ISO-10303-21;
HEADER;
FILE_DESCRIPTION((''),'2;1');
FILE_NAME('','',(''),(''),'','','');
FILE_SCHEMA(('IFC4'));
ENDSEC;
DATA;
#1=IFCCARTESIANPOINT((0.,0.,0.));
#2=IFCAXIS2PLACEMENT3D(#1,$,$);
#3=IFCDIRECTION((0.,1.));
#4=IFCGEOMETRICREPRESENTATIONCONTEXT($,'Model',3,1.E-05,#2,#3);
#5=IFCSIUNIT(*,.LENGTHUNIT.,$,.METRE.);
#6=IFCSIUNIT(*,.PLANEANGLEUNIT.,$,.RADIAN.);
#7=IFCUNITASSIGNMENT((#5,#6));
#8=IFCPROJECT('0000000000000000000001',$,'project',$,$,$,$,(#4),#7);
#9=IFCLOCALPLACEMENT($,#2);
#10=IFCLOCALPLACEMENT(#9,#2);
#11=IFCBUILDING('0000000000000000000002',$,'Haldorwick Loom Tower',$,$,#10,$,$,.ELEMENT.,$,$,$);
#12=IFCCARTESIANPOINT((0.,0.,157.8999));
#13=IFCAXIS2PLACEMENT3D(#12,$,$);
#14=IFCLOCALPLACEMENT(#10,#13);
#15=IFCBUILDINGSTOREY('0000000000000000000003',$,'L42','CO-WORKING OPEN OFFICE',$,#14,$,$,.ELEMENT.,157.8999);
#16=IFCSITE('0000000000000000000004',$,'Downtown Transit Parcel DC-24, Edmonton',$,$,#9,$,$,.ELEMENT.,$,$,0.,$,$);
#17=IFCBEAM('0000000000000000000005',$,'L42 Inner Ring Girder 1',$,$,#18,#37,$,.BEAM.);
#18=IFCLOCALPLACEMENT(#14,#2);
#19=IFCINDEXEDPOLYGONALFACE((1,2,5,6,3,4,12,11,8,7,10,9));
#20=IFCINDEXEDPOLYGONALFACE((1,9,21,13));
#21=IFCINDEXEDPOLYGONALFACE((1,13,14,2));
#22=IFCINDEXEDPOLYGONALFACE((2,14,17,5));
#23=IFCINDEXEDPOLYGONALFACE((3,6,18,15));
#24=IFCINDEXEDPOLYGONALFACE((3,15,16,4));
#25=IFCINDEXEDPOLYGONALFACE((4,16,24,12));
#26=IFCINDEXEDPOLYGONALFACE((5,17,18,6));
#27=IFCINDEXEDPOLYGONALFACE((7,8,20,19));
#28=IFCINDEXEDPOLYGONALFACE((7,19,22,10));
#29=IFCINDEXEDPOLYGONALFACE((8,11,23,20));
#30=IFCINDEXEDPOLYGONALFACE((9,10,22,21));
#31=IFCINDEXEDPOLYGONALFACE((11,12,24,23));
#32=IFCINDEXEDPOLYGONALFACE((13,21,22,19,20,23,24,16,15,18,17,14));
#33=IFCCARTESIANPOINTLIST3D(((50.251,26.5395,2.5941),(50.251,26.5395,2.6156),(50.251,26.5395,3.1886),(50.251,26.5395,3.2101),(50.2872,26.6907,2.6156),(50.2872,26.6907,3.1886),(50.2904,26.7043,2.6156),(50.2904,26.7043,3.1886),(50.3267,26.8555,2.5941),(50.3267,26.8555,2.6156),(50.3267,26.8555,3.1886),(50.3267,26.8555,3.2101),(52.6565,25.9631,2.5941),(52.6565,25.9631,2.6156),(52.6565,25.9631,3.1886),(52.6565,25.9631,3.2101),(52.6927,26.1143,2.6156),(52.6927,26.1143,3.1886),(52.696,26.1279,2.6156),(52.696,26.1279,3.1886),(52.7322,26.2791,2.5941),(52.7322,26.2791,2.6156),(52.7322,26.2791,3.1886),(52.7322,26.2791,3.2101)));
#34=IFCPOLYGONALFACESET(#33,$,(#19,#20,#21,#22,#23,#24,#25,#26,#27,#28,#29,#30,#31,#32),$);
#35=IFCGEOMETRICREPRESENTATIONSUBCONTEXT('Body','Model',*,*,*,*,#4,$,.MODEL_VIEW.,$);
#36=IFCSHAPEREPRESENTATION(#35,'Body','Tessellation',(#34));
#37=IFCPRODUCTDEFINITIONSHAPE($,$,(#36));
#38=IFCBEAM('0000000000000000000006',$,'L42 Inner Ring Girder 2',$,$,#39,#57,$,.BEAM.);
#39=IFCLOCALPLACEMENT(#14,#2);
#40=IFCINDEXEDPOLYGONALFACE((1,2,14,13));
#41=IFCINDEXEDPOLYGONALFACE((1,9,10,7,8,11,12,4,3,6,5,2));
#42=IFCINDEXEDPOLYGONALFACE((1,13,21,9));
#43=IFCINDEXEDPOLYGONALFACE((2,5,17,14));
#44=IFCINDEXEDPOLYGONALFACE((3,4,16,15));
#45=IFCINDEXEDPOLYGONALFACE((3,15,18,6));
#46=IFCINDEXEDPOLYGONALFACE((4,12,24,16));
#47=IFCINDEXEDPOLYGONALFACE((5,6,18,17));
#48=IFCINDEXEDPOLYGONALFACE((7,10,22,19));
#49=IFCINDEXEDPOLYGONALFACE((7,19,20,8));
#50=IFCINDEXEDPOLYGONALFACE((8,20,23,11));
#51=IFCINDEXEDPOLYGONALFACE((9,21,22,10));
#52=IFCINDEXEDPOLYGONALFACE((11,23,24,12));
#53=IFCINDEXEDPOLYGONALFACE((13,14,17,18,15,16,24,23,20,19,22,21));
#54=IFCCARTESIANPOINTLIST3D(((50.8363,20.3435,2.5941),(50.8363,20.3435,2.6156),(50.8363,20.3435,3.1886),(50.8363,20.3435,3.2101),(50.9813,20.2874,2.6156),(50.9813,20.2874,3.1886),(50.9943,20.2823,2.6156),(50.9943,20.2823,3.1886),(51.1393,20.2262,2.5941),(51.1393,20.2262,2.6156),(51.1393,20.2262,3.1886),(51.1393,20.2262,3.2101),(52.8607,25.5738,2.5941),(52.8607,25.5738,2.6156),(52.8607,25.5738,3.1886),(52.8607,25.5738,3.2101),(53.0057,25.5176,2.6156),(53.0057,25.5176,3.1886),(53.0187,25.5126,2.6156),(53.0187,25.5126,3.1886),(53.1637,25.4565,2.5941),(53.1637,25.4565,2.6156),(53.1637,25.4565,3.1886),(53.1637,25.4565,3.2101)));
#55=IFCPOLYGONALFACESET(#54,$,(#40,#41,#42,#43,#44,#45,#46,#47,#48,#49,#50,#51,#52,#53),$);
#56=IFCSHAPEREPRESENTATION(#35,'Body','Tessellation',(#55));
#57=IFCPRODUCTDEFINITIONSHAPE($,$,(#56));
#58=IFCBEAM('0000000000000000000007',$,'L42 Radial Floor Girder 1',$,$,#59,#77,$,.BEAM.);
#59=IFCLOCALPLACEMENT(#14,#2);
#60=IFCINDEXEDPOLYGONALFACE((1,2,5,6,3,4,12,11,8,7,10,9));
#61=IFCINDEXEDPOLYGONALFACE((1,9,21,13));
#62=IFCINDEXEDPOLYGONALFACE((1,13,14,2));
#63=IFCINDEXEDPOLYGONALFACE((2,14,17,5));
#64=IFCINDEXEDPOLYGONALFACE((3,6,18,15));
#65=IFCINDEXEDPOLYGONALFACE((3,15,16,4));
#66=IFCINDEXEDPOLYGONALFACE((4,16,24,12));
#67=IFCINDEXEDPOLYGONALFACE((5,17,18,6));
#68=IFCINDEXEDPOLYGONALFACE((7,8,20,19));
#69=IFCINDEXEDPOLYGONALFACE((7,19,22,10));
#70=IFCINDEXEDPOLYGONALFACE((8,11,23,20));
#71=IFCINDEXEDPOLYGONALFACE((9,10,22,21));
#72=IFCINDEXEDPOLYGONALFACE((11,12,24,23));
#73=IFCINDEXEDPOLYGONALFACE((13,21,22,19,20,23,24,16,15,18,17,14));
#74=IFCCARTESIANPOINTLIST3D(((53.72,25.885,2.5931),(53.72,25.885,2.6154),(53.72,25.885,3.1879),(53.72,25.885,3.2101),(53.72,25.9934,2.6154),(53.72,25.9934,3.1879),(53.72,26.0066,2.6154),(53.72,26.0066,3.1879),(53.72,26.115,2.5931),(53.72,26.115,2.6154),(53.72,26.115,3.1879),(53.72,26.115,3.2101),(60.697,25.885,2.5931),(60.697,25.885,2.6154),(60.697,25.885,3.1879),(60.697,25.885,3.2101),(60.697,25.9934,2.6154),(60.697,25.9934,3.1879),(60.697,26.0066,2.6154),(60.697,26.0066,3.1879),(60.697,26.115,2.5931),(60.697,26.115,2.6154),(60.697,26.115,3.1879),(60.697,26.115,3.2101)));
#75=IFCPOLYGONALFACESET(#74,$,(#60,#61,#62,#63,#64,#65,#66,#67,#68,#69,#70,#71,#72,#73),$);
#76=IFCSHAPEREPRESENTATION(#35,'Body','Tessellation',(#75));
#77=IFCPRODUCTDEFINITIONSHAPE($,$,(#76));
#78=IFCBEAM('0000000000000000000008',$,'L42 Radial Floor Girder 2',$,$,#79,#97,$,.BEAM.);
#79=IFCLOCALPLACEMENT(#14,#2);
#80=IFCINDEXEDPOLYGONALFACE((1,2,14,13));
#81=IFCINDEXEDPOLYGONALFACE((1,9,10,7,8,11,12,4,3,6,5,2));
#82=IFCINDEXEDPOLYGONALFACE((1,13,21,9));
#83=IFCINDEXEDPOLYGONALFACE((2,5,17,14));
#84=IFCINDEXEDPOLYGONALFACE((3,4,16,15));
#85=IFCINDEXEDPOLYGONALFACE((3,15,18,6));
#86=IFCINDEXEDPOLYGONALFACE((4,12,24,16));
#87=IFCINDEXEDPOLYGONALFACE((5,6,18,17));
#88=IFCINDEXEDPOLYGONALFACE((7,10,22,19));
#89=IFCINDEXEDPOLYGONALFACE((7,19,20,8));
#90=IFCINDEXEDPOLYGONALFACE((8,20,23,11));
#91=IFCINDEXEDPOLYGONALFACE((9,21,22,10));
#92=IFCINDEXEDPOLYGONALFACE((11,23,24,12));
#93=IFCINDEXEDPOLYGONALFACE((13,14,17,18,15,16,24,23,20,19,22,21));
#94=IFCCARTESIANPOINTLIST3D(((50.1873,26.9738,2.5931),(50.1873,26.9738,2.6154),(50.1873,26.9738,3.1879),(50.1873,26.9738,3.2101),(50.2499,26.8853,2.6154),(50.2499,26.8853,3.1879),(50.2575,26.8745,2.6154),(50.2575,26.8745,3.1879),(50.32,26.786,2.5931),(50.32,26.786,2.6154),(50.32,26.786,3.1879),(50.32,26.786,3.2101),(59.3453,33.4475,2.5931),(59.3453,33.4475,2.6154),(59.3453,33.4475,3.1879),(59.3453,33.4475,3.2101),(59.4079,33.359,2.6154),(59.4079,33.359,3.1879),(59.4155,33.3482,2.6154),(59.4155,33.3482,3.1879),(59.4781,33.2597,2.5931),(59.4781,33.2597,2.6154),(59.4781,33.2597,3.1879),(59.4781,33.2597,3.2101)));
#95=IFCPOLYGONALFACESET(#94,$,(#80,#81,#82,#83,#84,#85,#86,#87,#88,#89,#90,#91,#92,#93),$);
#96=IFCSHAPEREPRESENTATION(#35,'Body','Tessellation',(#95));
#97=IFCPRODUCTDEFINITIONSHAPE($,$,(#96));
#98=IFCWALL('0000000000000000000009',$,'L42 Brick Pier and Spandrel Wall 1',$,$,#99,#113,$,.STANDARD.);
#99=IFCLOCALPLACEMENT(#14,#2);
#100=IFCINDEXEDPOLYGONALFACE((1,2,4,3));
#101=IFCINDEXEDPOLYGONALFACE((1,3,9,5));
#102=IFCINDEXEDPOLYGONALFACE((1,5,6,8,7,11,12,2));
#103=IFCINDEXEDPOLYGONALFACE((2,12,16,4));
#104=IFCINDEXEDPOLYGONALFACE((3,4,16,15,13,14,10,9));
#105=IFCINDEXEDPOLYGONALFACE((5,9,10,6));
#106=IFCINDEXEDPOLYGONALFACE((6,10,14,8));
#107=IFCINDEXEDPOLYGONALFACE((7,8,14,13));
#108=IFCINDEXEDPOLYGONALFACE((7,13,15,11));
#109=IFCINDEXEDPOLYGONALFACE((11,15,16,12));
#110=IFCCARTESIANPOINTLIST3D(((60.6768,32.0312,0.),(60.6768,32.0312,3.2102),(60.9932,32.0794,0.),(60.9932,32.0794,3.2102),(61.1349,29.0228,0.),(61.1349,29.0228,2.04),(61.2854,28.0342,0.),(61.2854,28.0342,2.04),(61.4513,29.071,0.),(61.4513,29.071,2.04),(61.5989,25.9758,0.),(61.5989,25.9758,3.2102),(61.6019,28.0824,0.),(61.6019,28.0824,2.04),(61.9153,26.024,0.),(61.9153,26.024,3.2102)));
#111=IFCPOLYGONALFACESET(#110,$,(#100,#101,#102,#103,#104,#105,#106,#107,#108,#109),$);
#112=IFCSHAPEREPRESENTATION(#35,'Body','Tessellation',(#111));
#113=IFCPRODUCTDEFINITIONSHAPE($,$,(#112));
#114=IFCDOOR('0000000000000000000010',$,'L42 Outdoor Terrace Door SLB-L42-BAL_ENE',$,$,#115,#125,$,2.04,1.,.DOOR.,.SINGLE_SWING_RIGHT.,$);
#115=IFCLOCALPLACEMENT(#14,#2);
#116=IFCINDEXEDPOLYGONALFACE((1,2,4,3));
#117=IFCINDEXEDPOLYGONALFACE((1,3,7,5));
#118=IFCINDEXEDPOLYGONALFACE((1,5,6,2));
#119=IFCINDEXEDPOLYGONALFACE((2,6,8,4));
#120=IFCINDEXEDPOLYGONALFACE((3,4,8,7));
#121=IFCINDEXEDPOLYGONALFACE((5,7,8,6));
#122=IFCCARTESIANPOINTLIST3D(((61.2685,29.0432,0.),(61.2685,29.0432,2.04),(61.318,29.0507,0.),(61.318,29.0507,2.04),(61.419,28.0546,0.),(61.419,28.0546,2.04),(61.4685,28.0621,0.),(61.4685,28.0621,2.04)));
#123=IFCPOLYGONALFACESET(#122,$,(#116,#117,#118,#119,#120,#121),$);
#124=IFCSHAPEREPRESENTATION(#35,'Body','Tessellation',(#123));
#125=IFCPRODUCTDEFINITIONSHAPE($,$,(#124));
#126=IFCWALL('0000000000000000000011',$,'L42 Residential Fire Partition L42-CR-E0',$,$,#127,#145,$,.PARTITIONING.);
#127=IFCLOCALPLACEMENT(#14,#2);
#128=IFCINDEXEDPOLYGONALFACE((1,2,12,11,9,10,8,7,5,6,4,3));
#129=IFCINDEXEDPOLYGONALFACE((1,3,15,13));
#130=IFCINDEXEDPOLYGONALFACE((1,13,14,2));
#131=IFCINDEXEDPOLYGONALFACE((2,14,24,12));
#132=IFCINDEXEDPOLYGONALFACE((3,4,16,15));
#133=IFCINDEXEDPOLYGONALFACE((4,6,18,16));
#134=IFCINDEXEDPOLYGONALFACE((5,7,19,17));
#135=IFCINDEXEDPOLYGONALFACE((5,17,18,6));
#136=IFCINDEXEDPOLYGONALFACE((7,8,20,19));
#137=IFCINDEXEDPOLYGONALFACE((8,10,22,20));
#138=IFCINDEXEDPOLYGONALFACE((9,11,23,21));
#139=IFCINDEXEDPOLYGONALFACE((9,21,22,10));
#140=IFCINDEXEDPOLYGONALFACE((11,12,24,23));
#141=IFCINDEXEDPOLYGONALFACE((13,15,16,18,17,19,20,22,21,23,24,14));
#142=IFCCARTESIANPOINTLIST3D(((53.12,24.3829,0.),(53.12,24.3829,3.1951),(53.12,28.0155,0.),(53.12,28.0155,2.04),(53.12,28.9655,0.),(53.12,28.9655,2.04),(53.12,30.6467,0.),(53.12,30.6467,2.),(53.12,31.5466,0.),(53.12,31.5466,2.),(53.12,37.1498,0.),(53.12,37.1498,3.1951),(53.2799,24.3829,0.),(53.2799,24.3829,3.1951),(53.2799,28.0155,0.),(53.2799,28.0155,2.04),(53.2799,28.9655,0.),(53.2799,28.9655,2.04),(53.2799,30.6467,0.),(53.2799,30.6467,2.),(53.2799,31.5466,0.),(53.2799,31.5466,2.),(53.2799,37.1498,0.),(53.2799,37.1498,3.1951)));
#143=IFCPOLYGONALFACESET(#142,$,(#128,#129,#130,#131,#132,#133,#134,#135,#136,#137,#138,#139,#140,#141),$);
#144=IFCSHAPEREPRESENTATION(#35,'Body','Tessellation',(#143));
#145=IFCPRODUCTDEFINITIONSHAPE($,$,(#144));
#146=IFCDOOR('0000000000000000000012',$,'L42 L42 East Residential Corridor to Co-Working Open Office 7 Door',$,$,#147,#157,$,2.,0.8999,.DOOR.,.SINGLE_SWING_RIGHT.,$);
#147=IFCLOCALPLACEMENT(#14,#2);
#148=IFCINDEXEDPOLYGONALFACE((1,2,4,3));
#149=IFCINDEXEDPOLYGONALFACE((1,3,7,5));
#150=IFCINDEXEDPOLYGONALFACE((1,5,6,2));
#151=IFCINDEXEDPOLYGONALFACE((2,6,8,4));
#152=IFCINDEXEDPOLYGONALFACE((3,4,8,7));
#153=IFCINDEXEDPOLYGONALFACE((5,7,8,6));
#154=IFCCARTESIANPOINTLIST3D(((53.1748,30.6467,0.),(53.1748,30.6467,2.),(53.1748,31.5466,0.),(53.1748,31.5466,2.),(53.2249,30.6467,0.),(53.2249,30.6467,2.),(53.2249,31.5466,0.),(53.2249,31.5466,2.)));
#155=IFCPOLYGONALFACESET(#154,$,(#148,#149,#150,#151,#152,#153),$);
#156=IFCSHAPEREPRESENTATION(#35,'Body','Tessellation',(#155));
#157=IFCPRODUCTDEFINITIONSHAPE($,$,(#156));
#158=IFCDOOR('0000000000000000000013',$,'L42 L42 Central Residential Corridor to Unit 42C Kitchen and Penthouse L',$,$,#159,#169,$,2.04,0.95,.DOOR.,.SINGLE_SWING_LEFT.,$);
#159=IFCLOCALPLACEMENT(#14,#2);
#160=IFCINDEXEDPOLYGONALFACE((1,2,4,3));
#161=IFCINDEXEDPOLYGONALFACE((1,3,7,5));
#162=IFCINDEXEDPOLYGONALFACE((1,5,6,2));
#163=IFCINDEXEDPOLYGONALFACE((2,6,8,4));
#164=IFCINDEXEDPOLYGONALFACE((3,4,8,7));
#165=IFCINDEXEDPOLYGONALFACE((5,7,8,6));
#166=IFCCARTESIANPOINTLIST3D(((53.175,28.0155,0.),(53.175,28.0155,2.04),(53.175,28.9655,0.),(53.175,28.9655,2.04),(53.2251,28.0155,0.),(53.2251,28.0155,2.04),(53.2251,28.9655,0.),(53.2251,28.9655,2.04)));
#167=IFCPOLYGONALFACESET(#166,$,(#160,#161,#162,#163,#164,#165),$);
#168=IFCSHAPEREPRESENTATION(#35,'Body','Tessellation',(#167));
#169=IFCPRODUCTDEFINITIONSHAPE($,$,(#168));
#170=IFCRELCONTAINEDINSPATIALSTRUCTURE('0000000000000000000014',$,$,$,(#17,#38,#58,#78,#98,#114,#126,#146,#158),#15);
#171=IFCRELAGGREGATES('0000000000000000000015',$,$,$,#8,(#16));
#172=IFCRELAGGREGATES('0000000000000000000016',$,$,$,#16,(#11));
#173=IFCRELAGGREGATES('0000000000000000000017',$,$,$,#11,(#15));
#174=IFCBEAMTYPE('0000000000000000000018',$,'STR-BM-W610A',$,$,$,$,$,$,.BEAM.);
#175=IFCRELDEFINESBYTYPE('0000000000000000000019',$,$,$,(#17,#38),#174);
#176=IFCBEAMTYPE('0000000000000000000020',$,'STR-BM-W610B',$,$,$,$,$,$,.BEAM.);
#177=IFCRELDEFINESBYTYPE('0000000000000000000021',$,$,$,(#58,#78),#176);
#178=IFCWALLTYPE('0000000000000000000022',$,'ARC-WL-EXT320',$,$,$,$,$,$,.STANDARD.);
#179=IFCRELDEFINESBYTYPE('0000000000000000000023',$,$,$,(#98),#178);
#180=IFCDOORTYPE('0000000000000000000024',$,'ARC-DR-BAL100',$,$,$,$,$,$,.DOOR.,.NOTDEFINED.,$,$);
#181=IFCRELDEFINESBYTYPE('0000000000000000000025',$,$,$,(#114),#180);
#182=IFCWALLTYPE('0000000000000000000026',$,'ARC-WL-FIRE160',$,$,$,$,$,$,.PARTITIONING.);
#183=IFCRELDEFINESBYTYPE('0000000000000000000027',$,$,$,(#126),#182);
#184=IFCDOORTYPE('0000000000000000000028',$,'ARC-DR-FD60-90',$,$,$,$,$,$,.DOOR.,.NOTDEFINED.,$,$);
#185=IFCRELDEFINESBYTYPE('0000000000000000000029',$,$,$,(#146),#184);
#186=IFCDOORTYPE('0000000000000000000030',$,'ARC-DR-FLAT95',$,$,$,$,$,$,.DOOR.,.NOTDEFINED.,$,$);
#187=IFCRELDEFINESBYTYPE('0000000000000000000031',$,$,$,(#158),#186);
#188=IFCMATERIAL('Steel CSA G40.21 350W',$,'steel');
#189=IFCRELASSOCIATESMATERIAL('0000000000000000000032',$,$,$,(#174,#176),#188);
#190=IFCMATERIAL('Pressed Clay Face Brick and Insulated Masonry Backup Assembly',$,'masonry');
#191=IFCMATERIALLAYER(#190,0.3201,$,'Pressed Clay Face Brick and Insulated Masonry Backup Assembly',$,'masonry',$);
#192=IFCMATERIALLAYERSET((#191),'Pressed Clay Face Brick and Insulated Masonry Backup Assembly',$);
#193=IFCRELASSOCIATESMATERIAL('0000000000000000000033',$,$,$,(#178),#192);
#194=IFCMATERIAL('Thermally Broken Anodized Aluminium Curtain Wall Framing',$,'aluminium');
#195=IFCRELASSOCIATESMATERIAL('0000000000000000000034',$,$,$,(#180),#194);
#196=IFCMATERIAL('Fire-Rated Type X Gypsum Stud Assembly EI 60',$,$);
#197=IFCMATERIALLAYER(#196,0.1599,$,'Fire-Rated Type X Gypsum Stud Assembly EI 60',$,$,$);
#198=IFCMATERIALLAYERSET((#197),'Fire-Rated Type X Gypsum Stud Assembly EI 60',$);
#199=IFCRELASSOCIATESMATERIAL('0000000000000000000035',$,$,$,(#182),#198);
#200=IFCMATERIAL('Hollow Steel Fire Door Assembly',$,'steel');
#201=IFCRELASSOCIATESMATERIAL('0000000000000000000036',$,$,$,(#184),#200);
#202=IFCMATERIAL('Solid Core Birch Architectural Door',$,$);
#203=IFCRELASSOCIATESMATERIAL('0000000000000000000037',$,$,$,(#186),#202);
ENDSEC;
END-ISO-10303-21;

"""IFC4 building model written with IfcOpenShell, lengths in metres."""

from ifc_helpers import new_model, si_unit, direction, frame, frame_2d, origin, origin_2d, place, context, subcontext, project, spatial, rectangle, i_section, extrude, material, layer, layer_set, material_profile, profile_set, type_object, element, fill, save


model = new_model("IFC4")

# Units and contexts
model_context = context("Model", 3, precision=1e-05, world=origin(), true_north=direction((0.0, 1.0)))
body_context = subcontext(model_context, "Body", "Model", "MODEL_VIEW")
ifc_project = project(units=[si_unit("LENGTHUNIT", "METRE"), si_unit("PLANEANGLEUNIT", "RADIAN")], contexts=[model_context])

# Site, building, storey
site_placement = place(None, origin())
site = spatial("IfcSite", under=ifc_project, at=site_placement, Name="Downtown Transit Parcel DC-24, Edmonton", CompositionType="ELEMENT", RefElevation=0.0)
building_placement = place(site_placement, origin())
building = spatial("IfcBuilding", under=site, at=building_placement, Name="Haldorwick Loom Tower", CompositionType="ELEMENT")
storey_placement = place(building_placement, frame((0.0, 0.0, 157.8999)))
storey = spatial("IfcBuildingStorey", under=building, at=storey_placement, Name="L42", Description="CO-WORKING OPEN OFFICE", CompositionType="ELEMENT", Elevation=157.8999)

# Beams
ifc_material_1 = material(Name="Steel CSA G40.21 350W", Category="steel")
ifc_material_profile_1 = material_profile(ifc_material_1, i_section(OverallWidth=0.325, OverallDepth=0.616, WebThickness=0.0139, FlangeThickness=0.0215, at=origin_2d()), Name="W610X174", Category="steel")
ifc_profile_set_1 = profile_set([ifc_material_profile_1], Name="Steel CSA G40.21 350W")
beam_type_1 = type_object("IfcBeamType", Name="STR-BM-W610A", PredefinedType="BEAM", material=ifc_profile_set_1)
beam_1_placement = place(storey_placement, frame((50.2888, 26.6975, 2.9021), z_axis=(0.972471, -0.233026, 0.0), x_axis=(0.233026, 0.972471, 0.0)))
element("IfcBeam", 1, at=beam_1_placement, inside=storey, type_object=beam_type_1, Name="L42 Inner Ring Girder 1", PredefinedType="BEAM", context=body_context, shape_type="SweptSolid", body=[
    extrude(i_section(OverallWidth=0.325, OverallDepth=0.616, WebThickness=0.0139, FlangeThickness=0.0215, at=origin_2d()), origin(), (0.0, 0.0, 1.0), 2.4736),
])
beam_2_placement = place(storey_placement, frame((53.0122, 25.5151, 2.9021), z_axis=(-0.360965, -0.932579, 0.0), x_axis=(0.932579, -0.360965, 0.0)))
element("IfcBeam", 2, at=beam_2_placement, inside=storey, type_object=beam_type_1, Name="L42 Inner Ring Girder 2", PredefinedType="BEAM", context=body_context, shape_type="SweptSolid", body=[
    extrude(i_section(OverallWidth=0.325, OverallDepth=0.616, WebThickness=0.0139, FlangeThickness=0.0215, at=origin_2d()), origin(), (0.0, 0.0, 1.0), 5.6084),
])
ifc_material_profile_2 = material_profile(ifc_material_1, i_section(OverallWidth=0.23, OverallDepth=0.6169, WebThickness=0.0132, FlangeThickness=0.0222, at=origin_2d()), Name="W610X140", Category="steel")
ifc_profile_set_2 = profile_set([ifc_material_profile_2], Name="Steel CSA G40.21 350W")
beam_type_2 = type_object("IfcBeamType", Name="STR-BM-W610B", PredefinedType="BEAM", material=ifc_profile_set_2)
beam_3_placement = place(storey_placement, frame((53.72, 26.0, 2.9016), z_axis=(1.0, 0.0, 0.0), x_axis=(0.0, 1.0, 0.0)))
element("IfcBeam", 3, at=beam_3_placement, inside=storey, type_object=beam_type_2, Name="L42 Radial Floor Girder 1", PredefinedType="BEAM", context=body_context, shape_type="SweptSolid", body=[
    extrude(i_section(OverallWidth=0.23, OverallDepth=0.6169, WebThickness=0.0132, FlangeThickness=0.0222, at=origin_2d()), origin(), (0.0, 0.0, 1.0), 6.9771),
])
beam_4_placement = place(storey_placement, frame((50.2537, 26.8799, 2.9016), z_axis=(0.816582, 0.57723, 0.0), x_axis=(-0.57723, 0.816582, 0.0)))
element("IfcBeam", 4, at=beam_4_placement, inside=storey, type_object=beam_type_2, Name="L42 Radial Floor Girder 2", PredefinedType="BEAM", context=body_context, shape_type="SweptSolid", body=[
    extrude(i_section(OverallWidth=0.23, OverallDepth=0.6169, WebThickness=0.0132, FlangeThickness=0.0222, at=origin_2d()), origin(), (0.0, 0.0, 1.0), 11.2151),
])

# Wall, opening, door
ifc_material_2 = material(Name="Pressed Clay Face Brick and Insulated Masonry Backup Assembly", Category="masonry")
ifc_layer_1 = layer(ifc_material_2, 0.3201, Name="Pressed Clay Face Brick and Insulated Masonry Backup Assembly", Category="masonry")
ifc_layer_set_1 = layer_set([ifc_layer_1], Name="Pressed Clay Face Brick and Insulated Masonry Backup Assembly")
wall_type_1 = type_object("IfcWallType", Name="ARC-WL-EXT320", PredefinedType="STANDARD", material=ifc_layer_set_1)
wall_1_placement = place(storey_placement, frame((61.7571, 26.0, 0.0), z_axis=(0.0, 0.0, 1.0), x_axis=(-0.150544, 0.988603, 0.0)))
wall_1 = element("IfcWall", 5, at=wall_1_placement, inside=storey, type_object=wall_type_1, Name="L42 Brick Pier and Spandrel Wall 1", PredefinedType="STANDARD", context=body_context, shape_type="SweptSolid", body=[
    extrude(rectangle(XDim=6.1252, YDim=0.3201, at=frame_2d((3.0625, 0.0))), origin(), (0.0, 0.0, 1.0), 3.2102),
])
opening_1_placement = place(wall_1_placement, frame((2.082, 0.0, 0.0)))
opening_1 = element("IfcOpeningElement", 6, at=opening_1_placement, cuts=wall_1, PredefinedType="OPENING", context=body_context, shape_type="SweptSolid", body=[
    extrude(rectangle(XDim=1.0, YDim=2.04, at=frame_2d((0.5, 1.02))), frame((0.0, 0.1699, 0.0), z_axis=(0.0, -1.0, 0.0), x_axis=(1.0, 0.0, 0.0)), (0.0, 0.0, 1.0), 0.3401),
])
ifc_material_3 = material(Name="Thermally Broken Anodized Aluminium Curtain Wall Framing", Category="aluminium")
door_type_1 = type_object("IfcDoorType", Name="ARC-DR-BAL100", OperationType="NOTDEFINED", PredefinedType="DOOR", material=ifc_material_3)
door_1_placement = place(opening_1_placement, origin())
door_1 = element("IfcDoor", 7, at=door_1_placement, inside=storey, type_object=door_type_1, Name="L42 Outdoor Terrace Door SLB-L42-BAL_ENE", OperationType="SINGLE_SWING_RIGHT", OverallHeight=2.04, OverallWidth=1.0, PredefinedType="DOOR", context=body_context, shape_type="SweptSolid", body=[
    extrude(rectangle(XDim=1.0, YDim=2.04, at=frame_2d((0.5, 1.02))), frame((0.0, 0.0249, 0.0), z_axis=(0.0, -1.0, 0.0), x_axis=(1.0, 0.0, 0.0)), (0.0, 0.0, 1.0), 0.05),
])
fill(opening_1, door_1)

# Wall, openings, doors
ifc_material_4 = material(Name="Fire-Rated Type X Gypsum Stud Assembly EI 60")
ifc_layer_2 = layer(ifc_material_4, 0.1599, Name="Fire-Rated Type X Gypsum Stud Assembly EI 60")
ifc_layer_set_2 = layer_set([ifc_layer_2], Name="Fire-Rated Type X Gypsum Stud Assembly EI 60")
wall_type_2 = type_object("IfcWallType", Name="ARC-WL-FIRE160", PredefinedType="PARTITIONING", material=ifc_layer_set_2)
wall_2_placement = place(storey_placement, frame((53.2, 24.3831, 0.0), z_axis=(0.0, 0.0, 1.0), x_axis=(0.0, 1.0, 0.0)))
wall_2 = element("IfcWall", 8, at=wall_2_placement, inside=storey, type_object=wall_type_2, Name="L42 Residential Fire Partition L42-CR-E0", PredefinedType="PARTITIONING", context=body_context, shape_type="SweptSolid", body=[
    extrude(rectangle(XDim=12.7668, YDim=0.1599, at=frame_2d((6.3833, 0.0))), origin(), (0.0, 0.0, 1.0), 3.1951),
])
opening_2_placement = place(wall_2_placement, frame((3.6323, 0.0, 0.0)))
opening_2 = element("IfcOpeningElement", 9, at=opening_2_placement, cuts=wall_2, PredefinedType="OPENING", context=body_context, shape_type="SweptSolid", body=[
    extrude(rectangle(XDim=0.95, YDim=2.04, at=frame_2d((0.4751, 1.02))), frame((0.0, 0.0898, 0.0), z_axis=(0.0, -1.0, 0.0), x_axis=(1.0, 0.0, 0.0)), (0.0, 0.0, 1.0), 0.1799),
])
opening_3_placement = place(wall_2_placement, frame((6.2637, 0.0, 0.0)))
opening_3 = element("IfcOpeningElement", 10, at=opening_3_placement, cuts=wall_2, PredefinedType="OPENING", context=body_context, shape_type="SweptSolid", body=[
    extrude(rectangle(XDim=0.8999, YDim=2.0, at=frame_2d((0.45, 1.0))), frame((0.0, 0.0898, 0.0), z_axis=(0.0, -1.0, 0.0), x_axis=(1.0, 0.0, 0.0)), (0.0, 0.0, 1.0), 0.1799),
])
ifc_material_5 = material(Name="Hollow Steel Fire Door Assembly", Category="steel")
door_type_2 = type_object("IfcDoorType", Name="ARC-DR-FD60-90", OperationType="NOTDEFINED", PredefinedType="DOOR", material=ifc_material_5)
door_2_placement = place(opening_3_placement, frame((0.8999, 0.0, 0.0), z_axis=(0.0, 0.0, 1.0), x_axis=(-1.0, 0.0, 0.0)))
door_2 = element("IfcDoor", 11, at=door_2_placement, inside=storey, type_object=door_type_2, Name="L42 L42 East Residential Corridor to Co-Working Open Office 7 Door", OperationType="SINGLE_SWING_RIGHT", OverallHeight=2.0, OverallWidth=0.8999, PredefinedType="DOOR", context=body_context, shape_type="SweptSolid", body=[
    extrude(rectangle(XDim=0.8999, YDim=2.0, at=frame_2d((0.45, 1.0))), frame((0.0, 0.0249, 0.0), z_axis=(0.0, -1.0, 0.0), x_axis=(1.0, 0.0, 0.0)), (0.0, 0.0, 1.0), 0.05),
])
fill(opening_3, door_2)
ifc_material_6 = material(Name="Solid Core Birch Architectural Door")
door_type_3 = type_object("IfcDoorType", Name="ARC-DR-FLAT95", OperationType="NOTDEFINED", PredefinedType="DOOR", material=ifc_material_6)
door_3_placement = place(opening_2_placement, origin())
door_3 = element("IfcDoor", 12, at=door_3_placement, inside=storey, type_object=door_type_3, Name="L42 L42 Central Residential Corridor to Unit 42C Kitchen and Penthouse L", OperationType="SINGLE_SWING_LEFT", OverallHeight=2.04, OverallWidth=0.95, PredefinedType="DOOR", context=body_context, shape_type="SweptSolid", body=[
    extrude(rectangle(XDim=0.95, YDim=2.04, at=frame_2d((0.4751, 1.02))), frame((0.0, 0.0249, 0.0), z_axis=(0.0, -1.0, 0.0), x_axis=(1.0, 0.0, 0.0)), (0.0, 0.0, 1.0), 0.05),
])
fill(opening_2, door_3)

save(model, "model.ifc")
